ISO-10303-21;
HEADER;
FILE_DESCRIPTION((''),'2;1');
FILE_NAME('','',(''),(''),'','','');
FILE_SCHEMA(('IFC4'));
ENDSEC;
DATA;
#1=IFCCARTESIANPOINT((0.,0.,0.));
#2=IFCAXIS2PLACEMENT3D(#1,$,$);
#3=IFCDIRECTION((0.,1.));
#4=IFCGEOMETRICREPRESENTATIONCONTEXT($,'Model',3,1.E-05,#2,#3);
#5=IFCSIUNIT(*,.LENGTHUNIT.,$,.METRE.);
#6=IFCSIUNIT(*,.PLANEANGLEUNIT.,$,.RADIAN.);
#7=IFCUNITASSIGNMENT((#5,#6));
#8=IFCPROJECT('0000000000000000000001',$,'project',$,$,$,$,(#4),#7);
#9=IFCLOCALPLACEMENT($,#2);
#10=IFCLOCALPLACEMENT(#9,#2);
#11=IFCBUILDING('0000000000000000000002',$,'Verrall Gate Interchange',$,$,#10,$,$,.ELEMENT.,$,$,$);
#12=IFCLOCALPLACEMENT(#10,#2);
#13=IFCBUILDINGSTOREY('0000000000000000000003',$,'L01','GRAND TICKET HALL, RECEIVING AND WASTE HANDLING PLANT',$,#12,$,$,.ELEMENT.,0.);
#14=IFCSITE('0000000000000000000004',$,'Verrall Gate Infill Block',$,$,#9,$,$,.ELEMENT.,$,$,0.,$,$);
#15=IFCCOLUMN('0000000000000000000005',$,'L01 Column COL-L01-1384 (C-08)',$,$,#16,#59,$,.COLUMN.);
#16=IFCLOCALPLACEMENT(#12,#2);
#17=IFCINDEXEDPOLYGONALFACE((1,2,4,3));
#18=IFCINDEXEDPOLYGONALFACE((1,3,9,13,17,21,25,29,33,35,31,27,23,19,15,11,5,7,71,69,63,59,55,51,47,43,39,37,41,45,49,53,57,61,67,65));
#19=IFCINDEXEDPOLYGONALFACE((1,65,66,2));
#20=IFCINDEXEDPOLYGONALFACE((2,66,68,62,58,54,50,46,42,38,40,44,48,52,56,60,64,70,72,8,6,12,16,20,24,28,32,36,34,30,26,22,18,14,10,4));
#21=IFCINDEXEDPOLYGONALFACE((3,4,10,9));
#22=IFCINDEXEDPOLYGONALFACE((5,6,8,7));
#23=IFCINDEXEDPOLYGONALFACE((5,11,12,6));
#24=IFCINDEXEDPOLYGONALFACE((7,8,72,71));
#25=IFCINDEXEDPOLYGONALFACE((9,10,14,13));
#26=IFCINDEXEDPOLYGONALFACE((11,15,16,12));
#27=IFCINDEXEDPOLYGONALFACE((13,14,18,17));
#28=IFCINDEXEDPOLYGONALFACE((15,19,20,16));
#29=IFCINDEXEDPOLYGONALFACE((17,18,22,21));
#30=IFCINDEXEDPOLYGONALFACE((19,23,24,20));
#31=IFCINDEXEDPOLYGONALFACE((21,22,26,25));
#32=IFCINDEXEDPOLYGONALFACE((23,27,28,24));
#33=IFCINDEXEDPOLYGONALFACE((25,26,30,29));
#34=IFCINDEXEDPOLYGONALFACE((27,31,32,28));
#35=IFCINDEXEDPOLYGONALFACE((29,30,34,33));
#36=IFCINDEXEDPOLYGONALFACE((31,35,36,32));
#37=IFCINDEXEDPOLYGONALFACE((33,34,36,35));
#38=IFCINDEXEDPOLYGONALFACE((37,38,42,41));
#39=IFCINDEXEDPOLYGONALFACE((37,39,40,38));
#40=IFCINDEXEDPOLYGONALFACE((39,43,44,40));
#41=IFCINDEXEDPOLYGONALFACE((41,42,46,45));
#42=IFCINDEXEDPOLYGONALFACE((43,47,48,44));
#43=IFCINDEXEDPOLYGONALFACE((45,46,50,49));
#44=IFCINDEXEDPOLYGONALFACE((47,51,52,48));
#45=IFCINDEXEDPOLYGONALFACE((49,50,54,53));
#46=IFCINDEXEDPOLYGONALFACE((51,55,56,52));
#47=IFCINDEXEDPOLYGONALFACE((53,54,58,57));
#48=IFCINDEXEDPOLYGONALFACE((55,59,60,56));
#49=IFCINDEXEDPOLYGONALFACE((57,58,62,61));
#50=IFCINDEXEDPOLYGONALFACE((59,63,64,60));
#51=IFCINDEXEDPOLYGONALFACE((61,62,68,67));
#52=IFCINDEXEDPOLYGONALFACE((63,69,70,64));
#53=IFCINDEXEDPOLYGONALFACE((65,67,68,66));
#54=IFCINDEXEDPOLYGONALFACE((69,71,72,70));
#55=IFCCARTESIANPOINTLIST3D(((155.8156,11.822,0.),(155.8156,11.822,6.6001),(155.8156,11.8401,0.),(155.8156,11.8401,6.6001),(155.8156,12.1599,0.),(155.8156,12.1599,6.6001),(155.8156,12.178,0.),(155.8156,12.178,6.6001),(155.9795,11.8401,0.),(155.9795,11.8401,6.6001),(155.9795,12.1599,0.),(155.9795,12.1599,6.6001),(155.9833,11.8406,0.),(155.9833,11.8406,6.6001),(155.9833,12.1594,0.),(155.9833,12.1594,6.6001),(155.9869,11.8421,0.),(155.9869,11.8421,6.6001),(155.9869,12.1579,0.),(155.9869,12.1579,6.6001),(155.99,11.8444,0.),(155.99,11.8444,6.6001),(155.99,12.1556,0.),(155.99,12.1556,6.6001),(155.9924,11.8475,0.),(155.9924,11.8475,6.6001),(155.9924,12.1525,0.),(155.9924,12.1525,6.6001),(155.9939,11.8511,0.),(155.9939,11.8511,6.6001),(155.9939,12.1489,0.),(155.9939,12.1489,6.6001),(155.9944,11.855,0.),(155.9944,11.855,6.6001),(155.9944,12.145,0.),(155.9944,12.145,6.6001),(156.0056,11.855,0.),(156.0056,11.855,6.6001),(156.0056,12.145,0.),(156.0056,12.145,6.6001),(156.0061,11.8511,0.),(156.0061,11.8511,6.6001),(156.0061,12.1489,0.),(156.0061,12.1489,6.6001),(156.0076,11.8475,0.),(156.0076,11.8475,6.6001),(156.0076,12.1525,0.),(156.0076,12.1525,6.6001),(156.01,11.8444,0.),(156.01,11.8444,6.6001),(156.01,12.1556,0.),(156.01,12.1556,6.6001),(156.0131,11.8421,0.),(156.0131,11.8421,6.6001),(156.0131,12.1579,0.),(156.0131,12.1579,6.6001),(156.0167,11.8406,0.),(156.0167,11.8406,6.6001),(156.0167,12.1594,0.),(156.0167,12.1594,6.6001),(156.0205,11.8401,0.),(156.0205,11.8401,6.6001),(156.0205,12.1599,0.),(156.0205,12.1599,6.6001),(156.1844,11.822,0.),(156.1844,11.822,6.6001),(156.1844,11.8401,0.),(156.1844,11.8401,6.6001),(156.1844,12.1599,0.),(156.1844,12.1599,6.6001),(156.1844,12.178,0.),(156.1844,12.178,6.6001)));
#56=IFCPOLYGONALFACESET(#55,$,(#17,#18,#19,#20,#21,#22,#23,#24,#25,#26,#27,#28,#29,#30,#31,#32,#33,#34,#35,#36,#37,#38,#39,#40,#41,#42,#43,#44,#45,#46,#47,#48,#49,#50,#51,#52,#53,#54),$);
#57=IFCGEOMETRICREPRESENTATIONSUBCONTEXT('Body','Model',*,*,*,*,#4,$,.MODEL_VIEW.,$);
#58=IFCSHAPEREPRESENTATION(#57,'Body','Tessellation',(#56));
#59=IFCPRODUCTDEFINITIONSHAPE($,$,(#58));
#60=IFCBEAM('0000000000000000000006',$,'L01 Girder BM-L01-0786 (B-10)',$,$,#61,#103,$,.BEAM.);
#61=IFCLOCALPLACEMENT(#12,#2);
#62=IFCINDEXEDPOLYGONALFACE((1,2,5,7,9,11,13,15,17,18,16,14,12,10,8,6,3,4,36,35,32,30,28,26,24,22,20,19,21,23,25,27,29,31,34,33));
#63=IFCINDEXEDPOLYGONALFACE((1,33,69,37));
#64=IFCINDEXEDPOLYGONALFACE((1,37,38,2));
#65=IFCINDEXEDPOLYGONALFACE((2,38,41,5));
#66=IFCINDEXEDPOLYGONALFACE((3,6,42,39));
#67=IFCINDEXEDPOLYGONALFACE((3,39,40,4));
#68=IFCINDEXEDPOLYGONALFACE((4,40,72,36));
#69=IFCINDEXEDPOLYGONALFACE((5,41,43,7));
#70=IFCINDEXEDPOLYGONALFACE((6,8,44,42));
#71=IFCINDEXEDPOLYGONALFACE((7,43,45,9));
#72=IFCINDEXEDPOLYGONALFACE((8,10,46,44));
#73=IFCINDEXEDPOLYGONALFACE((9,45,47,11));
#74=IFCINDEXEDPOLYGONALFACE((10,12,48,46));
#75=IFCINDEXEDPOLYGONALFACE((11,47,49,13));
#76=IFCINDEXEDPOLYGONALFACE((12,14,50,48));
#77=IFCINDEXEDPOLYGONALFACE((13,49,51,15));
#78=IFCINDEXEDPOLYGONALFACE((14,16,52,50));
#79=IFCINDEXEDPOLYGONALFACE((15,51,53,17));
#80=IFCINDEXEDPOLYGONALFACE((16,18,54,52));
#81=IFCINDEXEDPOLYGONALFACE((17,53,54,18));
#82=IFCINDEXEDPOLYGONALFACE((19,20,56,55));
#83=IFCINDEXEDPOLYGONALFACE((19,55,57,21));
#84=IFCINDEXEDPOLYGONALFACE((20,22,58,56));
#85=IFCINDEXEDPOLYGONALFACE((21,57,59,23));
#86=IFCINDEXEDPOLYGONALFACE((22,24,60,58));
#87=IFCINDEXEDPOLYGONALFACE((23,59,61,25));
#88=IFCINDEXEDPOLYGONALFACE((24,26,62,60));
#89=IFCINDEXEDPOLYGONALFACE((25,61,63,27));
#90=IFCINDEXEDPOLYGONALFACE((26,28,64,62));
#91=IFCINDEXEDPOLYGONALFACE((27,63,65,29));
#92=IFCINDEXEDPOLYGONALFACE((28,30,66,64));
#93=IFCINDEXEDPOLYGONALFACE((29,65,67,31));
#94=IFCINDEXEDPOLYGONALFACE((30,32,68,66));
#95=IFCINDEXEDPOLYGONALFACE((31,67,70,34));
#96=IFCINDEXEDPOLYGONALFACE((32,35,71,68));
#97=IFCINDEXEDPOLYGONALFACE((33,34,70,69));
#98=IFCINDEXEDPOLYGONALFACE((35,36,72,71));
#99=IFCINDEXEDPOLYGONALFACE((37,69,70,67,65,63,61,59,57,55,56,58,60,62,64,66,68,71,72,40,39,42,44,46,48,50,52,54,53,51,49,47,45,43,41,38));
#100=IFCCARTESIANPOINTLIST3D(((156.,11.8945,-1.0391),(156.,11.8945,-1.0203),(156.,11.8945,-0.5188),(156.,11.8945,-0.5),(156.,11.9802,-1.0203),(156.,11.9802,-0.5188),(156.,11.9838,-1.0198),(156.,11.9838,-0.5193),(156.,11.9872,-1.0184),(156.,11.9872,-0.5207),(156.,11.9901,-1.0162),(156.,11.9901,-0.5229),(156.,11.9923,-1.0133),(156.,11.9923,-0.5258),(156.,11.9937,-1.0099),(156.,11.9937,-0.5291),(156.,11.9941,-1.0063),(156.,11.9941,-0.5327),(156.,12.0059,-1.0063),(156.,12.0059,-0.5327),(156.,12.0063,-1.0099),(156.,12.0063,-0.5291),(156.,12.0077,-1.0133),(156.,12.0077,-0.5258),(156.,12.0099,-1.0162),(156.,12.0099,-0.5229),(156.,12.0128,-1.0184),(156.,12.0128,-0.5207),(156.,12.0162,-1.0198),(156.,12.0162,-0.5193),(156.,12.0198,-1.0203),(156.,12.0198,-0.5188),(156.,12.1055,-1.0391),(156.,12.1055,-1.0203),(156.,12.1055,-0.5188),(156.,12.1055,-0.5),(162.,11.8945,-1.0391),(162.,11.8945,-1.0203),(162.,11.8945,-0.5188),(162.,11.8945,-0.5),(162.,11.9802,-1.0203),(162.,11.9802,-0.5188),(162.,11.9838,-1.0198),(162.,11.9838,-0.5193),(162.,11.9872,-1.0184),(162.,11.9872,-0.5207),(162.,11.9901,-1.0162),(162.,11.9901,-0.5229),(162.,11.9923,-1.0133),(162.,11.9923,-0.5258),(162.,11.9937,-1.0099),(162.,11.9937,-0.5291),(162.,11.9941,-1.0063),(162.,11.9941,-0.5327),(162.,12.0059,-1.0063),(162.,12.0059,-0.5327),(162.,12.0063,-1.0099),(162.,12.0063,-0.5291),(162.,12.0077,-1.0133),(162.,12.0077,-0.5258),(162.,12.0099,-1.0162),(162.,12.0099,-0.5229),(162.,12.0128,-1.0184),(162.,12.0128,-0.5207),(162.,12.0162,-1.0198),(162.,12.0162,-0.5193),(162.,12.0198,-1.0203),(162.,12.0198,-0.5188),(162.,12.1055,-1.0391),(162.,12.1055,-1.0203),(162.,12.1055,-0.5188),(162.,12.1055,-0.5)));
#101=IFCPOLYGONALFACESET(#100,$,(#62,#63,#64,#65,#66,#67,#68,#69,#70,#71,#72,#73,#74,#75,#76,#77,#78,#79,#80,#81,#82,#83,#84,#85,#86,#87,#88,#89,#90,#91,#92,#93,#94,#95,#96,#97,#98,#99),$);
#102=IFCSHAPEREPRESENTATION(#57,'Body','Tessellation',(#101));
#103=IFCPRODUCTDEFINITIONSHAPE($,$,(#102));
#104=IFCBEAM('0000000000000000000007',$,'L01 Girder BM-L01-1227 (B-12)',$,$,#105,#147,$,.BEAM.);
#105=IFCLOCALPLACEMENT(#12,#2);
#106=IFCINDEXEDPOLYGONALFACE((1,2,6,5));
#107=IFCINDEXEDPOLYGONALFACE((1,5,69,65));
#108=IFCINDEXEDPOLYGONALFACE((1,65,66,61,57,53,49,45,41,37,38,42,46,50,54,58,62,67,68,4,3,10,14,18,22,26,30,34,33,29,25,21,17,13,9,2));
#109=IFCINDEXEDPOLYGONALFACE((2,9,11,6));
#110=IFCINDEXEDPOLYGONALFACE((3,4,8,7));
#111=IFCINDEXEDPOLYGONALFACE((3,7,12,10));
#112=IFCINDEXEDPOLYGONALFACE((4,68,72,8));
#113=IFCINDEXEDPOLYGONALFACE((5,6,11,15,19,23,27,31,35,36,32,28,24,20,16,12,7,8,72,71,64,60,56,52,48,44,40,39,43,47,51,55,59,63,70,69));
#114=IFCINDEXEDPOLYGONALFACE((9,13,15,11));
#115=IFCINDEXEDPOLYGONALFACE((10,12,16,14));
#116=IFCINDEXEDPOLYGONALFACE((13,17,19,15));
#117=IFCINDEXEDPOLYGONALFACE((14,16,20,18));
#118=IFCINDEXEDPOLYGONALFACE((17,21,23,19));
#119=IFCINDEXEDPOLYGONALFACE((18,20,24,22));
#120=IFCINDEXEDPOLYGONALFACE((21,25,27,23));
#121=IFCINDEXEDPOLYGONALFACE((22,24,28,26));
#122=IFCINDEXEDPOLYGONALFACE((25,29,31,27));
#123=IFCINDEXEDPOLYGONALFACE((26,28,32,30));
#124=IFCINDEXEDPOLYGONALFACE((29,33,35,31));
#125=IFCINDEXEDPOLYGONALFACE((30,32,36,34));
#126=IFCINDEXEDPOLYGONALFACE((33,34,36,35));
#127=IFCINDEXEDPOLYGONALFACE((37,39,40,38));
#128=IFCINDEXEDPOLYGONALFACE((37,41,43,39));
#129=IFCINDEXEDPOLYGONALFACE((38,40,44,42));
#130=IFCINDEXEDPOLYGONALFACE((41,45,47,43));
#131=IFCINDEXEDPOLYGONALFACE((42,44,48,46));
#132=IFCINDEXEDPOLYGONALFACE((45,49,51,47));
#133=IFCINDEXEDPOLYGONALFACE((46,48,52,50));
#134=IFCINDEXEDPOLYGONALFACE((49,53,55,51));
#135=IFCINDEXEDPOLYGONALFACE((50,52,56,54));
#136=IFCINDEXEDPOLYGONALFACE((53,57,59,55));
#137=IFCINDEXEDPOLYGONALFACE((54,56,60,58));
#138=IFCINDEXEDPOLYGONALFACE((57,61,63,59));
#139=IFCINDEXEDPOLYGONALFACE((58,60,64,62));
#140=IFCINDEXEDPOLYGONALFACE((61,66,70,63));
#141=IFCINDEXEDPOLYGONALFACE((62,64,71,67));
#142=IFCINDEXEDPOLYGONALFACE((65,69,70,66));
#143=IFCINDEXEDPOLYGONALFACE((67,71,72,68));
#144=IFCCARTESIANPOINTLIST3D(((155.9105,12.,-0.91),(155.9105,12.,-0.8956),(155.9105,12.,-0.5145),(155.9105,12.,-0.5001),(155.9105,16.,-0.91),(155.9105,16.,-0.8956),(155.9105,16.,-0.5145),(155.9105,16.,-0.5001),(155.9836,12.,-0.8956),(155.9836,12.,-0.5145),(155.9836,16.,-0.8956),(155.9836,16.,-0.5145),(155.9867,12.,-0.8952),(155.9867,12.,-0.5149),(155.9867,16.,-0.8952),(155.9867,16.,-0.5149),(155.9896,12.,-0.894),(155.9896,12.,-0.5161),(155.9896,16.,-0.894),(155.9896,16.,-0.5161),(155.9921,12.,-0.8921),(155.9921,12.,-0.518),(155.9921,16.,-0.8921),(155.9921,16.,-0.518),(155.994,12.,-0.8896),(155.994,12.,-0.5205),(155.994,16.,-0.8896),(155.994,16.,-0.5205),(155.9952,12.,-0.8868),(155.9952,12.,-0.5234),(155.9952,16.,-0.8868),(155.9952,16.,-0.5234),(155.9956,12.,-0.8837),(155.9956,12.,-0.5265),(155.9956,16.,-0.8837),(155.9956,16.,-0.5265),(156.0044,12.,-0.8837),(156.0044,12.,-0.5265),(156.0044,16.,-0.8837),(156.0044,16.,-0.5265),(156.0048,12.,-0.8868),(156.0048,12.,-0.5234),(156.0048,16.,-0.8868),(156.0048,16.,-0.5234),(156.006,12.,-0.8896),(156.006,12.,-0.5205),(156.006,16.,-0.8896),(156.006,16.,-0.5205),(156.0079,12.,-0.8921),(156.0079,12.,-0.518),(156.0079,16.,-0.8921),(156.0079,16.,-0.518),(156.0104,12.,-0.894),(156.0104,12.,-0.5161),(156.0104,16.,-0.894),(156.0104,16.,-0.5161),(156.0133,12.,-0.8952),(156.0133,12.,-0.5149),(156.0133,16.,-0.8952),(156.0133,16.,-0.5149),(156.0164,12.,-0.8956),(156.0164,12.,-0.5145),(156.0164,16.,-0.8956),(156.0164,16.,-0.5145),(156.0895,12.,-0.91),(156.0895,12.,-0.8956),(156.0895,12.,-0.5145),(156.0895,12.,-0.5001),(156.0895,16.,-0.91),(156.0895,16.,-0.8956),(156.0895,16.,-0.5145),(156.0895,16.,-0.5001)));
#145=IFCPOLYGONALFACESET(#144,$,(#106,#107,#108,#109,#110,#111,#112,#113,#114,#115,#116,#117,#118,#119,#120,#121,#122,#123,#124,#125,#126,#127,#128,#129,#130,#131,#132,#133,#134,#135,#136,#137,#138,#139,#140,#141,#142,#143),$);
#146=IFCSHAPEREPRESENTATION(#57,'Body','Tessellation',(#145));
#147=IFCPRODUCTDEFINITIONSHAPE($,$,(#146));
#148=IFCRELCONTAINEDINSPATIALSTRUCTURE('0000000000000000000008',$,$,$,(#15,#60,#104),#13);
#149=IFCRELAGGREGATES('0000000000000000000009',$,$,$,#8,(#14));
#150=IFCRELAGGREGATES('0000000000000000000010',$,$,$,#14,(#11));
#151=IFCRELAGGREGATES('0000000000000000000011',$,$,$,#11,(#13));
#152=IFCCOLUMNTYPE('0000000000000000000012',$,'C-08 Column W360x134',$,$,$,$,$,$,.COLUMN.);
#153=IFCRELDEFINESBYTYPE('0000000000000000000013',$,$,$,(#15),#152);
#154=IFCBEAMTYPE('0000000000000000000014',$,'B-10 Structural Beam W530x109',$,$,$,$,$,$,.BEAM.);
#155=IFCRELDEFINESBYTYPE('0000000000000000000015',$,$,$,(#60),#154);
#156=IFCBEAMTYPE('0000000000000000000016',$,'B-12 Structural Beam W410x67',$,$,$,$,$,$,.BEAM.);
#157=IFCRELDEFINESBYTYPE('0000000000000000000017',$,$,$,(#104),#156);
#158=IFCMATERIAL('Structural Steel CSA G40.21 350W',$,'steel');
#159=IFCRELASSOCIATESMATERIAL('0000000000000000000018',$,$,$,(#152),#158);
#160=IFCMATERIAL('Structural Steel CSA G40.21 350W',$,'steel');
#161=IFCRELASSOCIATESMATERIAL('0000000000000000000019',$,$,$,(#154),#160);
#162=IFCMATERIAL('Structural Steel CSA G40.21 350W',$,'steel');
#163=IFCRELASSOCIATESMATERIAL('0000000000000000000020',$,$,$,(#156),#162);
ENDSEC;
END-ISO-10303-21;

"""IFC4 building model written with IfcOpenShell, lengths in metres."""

from ifc_helpers import new_model, si_unit, direction, frame, origin, origin_2d, place, context, subcontext, project, spatial, i_section, extrude, material, material_profile, profile_set, type_object, element, save


model = new_model("IFC4")

# Units and contexts
model_context = context("Model", 3, precision=1e-05, world=origin(), true_north=direction((0.0, 1.0)))
body_context = subcontext(model_context, "Body", "Model", "MODEL_VIEW")
ifc_project = project(units=[si_unit("LENGTHUNIT", "METRE"), si_unit("PLANEANGLEUNIT", "RADIAN")], contexts=[model_context])

# Site, building, storey
site_placement = place(None, origin())
site = spatial("IfcSite", under=ifc_project, at=site_placement, Name="Verrall Gate Infill Block", CompositionType="ELEMENT", RefElevation=0.0)
building_placement = place(site_placement, origin())
building = spatial("IfcBuilding", under=site, at=building_placement, Name="Verrall Gate Interchange", CompositionType="ELEMENT")
storey_placement = place(building_placement, origin())
storey = spatial("IfcBuildingStorey", under=building, at=storey_placement, Name="L01", Description="GRAND TICKET HALL, RECEIVING AND WASTE HANDLING PLANT", CompositionType="ELEMENT", Elevation=0.0)

# Column
ifc_material_1 = material(Name="Structural Steel CSA G40.21 350W", Category="steel")
ifc_material_profile_1 = material_profile(ifc_material_1, i_section(OverallWidth=0.3689, OverallDepth=0.356, WebThickness=0.0112, FlangeThickness=0.0181, FilletRadius=0.0149, at=origin_2d()), Name="W360x134")
ifc_profile_set_1 = profile_set([ifc_material_profile_1], Name="Structural Steel CSA G40.21 350W")
column_type = type_object("IfcColumnType", Name="C-08 Column W360x134", PredefinedType="COLUMN", material=ifc_profile_set_1)
column_placement = place(storey_placement, frame((156.0, 12.0, 0.0), z_axis=(0.0, 0.0, 1.0), x_axis=(1.0, 0.0, 0.0)))
element("IfcColumn", 1, at=column_placement, inside=storey, type_object=column_type, Name="L01 Column COL-L01-1384 (C-08)", PredefinedType="COLUMN", context=body_context, shape_type="SweptSolid", body=[
    extrude(i_section(OverallWidth=0.3689, OverallDepth=0.356, WebThickness=0.0112, FlangeThickness=0.0181, FilletRadius=0.0149, at=origin_2d()), origin(), (0.0, 0.0, 1.0), 6.6001),
])

# Beams
ifc_material_2 = material(Name="Structural Steel CSA G40.21 350W", Category="steel")
ifc_material_profile_2 = material_profile(ifc_material_2, i_section(OverallWidth=0.2109, OverallDepth=0.5391, WebThickness=0.0117, FlangeThickness=0.0188, FilletRadius=0.0139, at=origin_2d()), Name="W530x109")
ifc_profile_set_2 = profile_set([ifc_material_profile_2], Name="Structural Steel CSA G40.21 350W")
beam_type_1 = type_object("IfcBeamType", Name="B-10 Structural Beam W530x109", PredefinedType="BEAM", material=ifc_profile_set_2)
beam_1_placement = place(storey_placement, frame((156.0, 12.0, -0.7695), z_axis=(1.0, 0.0, 0.0), x_axis=(0.0, 1.0, 0.0)))
element("IfcBeam", 2, at=beam_1_placement, inside=storey, type_object=beam_type_1, Name="L01 Girder BM-L01-0786 (B-10)", PredefinedType="BEAM", context=body_context, shape_type="SweptSolid", body=[
    extrude(i_section(OverallWidth=0.2109, OverallDepth=0.5391, WebThickness=0.0117, FlangeThickness=0.0188, FilletRadius=0.0139, at=origin_2d()), origin(), (0.0, 0.0, 1.0), 6.0),
])
ifc_material_3 = material(Name="Structural Steel CSA G40.21 350W", Category="steel")
ifc_material_profile_3 = material_profile(ifc_material_3, i_section(OverallWidth=0.179, OverallDepth=0.4099, WebThickness=0.0088, FlangeThickness=0.0144, FilletRadius=0.012, at=origin_2d()), Name="W410x67")
ifc_profile_set_3 = profile_set([ifc_material_profile_3], Name="Structural Steel CSA G40.21 350W")
beam_type_2 = type_object("IfcBeamType", Name="B-12 Structural Beam W410x67", PredefinedType="BEAM", material=ifc_profile_set_3)
beam_2_placement = place(storey_placement, frame((156.0, 12.0, -0.7051), z_axis=(0.0, 1.0, 0.0), x_axis=(-1.0, 0.0, 0.0)))
element("IfcBeam", 3, at=beam_2_placement, inside=storey, type_object=beam_type_2, Name="L01 Girder BM-L01-1227 (B-12)", PredefinedType="BEAM", context=body_context, shape_type="SweptSolid", body=[
    extrude(i_section(OverallWidth=0.179, OverallDepth=0.4099, WebThickness=0.0088, FlangeThickness=0.0144, FilletRadius=0.012, at=origin_2d()), origin(), (0.0, 0.0, 1.0), 4.0),
])

save(model, "model.ifc")
